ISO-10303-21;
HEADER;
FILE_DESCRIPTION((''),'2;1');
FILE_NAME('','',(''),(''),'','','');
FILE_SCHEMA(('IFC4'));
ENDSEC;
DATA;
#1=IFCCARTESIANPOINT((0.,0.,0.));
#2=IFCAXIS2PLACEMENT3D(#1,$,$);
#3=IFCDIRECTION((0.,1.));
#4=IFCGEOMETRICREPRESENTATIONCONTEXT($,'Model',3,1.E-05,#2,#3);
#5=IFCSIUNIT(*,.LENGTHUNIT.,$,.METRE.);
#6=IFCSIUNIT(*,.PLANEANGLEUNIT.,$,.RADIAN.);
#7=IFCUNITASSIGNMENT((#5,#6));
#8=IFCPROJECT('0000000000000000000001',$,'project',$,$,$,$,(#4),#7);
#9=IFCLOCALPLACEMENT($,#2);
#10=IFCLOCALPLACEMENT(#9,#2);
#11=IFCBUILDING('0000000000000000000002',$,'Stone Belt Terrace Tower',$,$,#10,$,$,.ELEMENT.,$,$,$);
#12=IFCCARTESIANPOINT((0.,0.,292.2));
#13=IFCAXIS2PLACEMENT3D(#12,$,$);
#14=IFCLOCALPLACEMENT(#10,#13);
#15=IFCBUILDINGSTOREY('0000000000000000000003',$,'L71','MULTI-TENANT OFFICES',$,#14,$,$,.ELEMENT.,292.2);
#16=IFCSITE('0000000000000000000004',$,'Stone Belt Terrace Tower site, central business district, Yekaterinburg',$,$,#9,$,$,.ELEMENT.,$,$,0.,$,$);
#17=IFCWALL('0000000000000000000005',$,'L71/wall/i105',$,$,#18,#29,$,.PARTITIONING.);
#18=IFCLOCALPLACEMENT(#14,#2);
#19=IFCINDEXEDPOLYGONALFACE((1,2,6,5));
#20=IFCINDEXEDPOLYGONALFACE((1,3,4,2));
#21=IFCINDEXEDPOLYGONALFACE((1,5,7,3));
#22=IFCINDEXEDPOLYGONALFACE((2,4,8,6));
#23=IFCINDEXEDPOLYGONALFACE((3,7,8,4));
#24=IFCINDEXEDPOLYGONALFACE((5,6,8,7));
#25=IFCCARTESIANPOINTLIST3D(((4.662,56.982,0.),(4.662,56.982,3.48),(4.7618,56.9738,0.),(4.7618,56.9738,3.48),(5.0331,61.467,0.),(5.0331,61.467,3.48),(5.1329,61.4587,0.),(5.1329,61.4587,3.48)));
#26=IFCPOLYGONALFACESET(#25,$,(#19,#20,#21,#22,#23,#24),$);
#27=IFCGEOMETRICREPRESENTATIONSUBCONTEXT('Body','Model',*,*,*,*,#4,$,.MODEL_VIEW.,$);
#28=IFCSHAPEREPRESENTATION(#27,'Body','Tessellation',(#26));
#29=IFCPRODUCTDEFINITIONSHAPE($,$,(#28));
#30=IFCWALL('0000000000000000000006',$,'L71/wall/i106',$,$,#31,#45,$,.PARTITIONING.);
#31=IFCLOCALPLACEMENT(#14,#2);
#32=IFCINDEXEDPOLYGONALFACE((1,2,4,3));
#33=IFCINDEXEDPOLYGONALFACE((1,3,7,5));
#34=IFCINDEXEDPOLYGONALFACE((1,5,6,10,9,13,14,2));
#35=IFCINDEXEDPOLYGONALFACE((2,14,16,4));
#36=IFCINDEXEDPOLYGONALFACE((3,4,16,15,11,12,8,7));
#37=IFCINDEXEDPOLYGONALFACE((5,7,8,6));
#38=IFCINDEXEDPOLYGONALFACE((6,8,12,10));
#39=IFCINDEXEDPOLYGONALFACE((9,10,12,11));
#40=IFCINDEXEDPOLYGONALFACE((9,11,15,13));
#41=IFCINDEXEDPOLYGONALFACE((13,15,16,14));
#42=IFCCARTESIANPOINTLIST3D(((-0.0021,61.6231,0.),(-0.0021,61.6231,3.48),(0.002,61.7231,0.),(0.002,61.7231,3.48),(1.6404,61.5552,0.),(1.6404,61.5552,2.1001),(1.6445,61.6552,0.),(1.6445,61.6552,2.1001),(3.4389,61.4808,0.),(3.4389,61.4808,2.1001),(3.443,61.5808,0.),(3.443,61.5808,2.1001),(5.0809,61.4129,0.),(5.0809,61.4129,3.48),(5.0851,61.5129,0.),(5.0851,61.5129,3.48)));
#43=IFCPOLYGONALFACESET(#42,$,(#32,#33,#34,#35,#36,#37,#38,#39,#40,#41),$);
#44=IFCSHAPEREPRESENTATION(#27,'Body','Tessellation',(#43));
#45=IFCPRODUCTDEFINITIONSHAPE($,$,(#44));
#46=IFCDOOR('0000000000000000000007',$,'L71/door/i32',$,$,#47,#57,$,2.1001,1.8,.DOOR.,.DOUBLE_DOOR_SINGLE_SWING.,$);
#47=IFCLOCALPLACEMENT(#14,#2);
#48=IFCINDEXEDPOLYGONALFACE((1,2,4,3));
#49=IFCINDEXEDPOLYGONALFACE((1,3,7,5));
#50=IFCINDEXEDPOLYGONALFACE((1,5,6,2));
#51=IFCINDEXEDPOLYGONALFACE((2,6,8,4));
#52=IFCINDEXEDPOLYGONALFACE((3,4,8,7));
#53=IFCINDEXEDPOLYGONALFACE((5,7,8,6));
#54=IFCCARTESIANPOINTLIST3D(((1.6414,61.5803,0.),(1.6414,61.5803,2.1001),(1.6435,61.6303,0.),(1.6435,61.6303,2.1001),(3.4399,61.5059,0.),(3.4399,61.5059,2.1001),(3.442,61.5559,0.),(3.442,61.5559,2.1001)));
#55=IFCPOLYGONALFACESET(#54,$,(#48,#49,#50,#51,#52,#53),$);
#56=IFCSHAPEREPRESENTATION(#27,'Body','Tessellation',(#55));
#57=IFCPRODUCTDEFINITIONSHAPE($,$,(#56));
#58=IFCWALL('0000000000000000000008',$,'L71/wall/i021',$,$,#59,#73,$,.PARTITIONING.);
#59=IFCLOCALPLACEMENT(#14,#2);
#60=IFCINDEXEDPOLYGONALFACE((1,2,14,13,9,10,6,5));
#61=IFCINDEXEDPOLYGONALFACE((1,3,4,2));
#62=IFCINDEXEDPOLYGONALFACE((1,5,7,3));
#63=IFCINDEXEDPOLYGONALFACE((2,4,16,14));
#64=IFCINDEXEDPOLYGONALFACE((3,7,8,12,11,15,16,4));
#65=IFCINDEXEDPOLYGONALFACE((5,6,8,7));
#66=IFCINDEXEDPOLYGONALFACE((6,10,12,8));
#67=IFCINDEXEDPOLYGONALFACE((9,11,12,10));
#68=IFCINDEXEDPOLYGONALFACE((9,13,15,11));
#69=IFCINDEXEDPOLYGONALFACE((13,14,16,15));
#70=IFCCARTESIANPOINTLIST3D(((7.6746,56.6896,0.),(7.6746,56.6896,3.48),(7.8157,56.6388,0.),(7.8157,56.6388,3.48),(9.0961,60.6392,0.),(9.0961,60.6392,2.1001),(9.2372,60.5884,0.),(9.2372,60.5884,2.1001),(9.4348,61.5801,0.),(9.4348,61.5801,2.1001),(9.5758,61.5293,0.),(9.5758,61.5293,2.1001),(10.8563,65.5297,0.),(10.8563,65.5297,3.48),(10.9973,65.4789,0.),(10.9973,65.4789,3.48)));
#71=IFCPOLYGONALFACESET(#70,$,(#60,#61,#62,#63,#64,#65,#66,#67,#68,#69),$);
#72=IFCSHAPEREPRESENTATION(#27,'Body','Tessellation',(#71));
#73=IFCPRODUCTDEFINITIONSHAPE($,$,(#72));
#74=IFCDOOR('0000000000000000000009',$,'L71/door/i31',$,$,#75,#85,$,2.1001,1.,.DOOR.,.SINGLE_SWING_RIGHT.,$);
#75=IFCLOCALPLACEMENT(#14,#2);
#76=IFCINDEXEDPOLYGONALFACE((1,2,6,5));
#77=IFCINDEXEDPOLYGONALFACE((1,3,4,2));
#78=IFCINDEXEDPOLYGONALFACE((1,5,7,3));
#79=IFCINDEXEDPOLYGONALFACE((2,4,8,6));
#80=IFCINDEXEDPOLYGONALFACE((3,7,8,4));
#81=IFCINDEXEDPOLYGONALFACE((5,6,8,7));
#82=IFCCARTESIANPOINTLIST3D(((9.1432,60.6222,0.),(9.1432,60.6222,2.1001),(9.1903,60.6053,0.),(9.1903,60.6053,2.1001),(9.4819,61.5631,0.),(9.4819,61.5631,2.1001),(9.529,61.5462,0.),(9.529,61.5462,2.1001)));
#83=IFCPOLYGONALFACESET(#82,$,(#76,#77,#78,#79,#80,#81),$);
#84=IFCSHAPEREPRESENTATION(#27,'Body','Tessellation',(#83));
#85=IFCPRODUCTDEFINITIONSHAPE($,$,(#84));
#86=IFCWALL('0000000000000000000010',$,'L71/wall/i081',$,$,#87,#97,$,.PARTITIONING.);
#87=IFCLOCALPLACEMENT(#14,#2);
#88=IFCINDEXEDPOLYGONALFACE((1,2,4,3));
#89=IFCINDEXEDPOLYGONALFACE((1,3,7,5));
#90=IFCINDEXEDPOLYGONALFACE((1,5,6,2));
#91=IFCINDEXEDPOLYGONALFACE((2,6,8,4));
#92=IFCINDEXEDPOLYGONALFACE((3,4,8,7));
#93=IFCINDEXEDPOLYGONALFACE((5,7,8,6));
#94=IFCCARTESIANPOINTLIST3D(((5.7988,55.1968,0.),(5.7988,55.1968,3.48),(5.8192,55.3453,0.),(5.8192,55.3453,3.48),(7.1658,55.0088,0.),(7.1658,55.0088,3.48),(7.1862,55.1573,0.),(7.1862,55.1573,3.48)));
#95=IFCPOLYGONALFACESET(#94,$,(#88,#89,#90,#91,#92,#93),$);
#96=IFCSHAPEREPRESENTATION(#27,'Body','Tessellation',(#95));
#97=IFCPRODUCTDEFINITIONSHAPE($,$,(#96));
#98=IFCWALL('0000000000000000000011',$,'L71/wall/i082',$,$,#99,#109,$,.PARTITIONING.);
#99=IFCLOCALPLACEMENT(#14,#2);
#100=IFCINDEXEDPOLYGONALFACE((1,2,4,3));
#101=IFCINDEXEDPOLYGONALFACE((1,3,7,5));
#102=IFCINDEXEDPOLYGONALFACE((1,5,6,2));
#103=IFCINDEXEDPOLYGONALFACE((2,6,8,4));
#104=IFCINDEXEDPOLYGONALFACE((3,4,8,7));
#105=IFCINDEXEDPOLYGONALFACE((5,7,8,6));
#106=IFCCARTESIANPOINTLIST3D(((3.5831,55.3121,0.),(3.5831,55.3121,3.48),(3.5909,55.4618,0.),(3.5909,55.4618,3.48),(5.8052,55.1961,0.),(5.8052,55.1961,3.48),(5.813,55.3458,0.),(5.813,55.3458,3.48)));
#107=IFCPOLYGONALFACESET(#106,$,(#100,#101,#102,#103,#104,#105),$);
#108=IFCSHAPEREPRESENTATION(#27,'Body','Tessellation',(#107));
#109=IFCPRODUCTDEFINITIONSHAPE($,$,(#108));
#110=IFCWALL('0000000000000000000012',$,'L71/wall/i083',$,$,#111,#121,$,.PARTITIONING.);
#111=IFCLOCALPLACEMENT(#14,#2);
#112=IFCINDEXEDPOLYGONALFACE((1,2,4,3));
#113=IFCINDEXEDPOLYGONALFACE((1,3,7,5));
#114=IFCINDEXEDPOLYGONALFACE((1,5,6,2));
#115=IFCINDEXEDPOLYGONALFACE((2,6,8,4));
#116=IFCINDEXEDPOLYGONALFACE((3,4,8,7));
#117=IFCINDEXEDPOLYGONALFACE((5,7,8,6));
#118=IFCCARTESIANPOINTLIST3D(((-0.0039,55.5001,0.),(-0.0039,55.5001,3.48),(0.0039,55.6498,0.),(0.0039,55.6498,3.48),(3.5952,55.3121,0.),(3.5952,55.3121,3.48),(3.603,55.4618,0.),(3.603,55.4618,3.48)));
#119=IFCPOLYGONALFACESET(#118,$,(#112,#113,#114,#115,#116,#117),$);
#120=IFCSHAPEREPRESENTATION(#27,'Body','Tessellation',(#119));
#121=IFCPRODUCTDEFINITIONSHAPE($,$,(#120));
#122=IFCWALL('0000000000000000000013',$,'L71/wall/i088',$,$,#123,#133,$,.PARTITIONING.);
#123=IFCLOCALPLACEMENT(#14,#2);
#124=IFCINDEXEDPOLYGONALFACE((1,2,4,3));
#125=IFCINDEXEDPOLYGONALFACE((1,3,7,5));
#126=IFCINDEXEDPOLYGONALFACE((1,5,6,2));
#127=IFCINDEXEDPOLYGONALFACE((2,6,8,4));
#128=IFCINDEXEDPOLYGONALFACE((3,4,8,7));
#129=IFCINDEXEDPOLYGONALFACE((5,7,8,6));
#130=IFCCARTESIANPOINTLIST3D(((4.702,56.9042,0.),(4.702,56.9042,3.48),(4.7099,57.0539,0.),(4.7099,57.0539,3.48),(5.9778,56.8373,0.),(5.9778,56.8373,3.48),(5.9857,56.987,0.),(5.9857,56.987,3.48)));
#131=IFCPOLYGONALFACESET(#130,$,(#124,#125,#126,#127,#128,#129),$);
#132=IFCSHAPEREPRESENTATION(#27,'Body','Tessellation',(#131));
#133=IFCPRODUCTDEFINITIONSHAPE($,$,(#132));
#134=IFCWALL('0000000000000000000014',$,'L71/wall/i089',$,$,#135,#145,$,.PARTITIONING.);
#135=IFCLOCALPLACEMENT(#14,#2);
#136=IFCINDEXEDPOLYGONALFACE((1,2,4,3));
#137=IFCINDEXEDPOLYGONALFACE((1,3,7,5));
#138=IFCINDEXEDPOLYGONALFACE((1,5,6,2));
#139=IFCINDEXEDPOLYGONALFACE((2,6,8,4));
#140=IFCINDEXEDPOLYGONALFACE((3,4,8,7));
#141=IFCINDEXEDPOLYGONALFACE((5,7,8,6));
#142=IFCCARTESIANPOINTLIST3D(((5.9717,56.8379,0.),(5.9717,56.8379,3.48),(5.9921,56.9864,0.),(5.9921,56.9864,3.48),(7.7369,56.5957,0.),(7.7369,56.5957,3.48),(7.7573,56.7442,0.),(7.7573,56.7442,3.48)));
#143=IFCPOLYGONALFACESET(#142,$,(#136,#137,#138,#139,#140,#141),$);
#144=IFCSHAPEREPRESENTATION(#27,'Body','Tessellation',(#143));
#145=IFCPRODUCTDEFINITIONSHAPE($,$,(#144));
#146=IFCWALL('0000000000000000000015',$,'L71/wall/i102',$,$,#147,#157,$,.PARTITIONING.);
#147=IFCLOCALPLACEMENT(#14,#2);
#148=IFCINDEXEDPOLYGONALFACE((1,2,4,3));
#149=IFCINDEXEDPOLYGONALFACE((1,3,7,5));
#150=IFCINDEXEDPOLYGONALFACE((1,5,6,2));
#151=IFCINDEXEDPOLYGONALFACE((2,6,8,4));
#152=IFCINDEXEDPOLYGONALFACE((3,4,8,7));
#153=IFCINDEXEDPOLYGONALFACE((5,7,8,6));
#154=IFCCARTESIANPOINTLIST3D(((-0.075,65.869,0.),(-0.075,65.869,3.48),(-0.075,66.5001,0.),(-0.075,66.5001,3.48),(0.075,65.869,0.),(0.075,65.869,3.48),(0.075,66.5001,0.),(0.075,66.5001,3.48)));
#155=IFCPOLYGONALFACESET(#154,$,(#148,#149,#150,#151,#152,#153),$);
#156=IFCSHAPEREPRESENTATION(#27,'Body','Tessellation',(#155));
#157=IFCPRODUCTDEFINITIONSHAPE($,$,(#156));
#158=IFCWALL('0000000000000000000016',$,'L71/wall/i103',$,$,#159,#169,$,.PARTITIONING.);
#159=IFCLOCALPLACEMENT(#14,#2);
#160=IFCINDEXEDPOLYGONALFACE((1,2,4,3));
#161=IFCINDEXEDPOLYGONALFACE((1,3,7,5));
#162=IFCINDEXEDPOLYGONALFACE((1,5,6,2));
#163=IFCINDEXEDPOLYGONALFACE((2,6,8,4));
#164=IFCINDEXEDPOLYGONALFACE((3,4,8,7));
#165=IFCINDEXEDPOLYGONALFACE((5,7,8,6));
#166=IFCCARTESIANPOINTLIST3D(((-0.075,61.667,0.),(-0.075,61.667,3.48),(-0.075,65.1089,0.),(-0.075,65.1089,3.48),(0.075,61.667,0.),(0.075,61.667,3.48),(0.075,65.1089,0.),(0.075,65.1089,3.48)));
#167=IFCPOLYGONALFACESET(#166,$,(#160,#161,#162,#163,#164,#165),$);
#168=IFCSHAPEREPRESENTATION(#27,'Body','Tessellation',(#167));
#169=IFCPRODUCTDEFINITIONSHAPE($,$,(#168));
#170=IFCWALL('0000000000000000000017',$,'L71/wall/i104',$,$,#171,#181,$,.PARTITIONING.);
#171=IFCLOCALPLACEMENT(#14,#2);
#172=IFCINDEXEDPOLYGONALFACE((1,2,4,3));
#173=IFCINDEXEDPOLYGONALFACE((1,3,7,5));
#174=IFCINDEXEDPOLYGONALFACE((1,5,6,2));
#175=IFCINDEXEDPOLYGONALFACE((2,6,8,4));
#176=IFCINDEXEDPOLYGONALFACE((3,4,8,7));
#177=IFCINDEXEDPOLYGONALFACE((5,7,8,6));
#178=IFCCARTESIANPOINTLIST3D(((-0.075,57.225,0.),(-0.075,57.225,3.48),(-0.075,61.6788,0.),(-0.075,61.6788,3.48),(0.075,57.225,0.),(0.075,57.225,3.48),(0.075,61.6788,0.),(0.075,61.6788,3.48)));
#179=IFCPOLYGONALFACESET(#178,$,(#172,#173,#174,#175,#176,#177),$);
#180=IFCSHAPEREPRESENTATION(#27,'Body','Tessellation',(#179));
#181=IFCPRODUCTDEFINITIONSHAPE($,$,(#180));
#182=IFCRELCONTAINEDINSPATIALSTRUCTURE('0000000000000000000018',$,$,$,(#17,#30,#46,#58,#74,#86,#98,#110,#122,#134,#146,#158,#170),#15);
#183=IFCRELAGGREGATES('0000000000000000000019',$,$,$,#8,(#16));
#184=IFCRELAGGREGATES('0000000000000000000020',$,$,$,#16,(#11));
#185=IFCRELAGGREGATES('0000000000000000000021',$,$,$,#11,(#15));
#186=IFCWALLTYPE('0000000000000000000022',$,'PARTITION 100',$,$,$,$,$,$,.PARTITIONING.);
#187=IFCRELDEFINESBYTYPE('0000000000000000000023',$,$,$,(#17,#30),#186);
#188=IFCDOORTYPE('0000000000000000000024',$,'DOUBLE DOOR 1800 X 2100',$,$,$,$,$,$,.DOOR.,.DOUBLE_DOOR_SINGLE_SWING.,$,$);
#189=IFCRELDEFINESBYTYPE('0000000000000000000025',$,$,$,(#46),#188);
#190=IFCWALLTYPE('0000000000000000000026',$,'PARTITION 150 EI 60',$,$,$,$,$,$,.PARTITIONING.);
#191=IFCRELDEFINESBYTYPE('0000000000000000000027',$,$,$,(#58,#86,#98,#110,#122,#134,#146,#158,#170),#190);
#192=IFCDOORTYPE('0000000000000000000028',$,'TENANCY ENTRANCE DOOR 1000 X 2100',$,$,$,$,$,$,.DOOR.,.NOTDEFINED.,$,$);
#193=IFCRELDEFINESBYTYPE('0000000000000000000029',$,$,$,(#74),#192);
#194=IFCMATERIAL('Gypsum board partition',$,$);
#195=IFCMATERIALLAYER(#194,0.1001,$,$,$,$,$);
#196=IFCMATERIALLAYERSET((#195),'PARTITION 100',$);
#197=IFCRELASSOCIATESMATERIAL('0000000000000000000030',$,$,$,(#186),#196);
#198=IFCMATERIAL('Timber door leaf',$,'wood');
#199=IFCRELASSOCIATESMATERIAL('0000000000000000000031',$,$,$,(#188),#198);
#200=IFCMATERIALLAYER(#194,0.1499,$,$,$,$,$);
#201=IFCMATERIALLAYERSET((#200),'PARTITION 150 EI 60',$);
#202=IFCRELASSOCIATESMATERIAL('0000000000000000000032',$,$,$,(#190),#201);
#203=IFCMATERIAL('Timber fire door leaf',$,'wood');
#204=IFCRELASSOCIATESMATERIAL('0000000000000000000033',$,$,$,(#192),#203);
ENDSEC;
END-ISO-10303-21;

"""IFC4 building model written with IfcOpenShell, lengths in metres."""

from ifc_helpers import new_model, si_unit, direction, frame, frame_2d, origin, place, context, subcontext, project, spatial, rectangle, extrude, material, layer, layer_set, type_object, element, fill, save


model = new_model("IFC4")

# Units and contexts
model_context = context("Model", 3, precision=1e-05, world=origin(), true_north=direction((0.0, 1.0)))
body_context = subcontext(model_context, "Body", "Model", "MODEL_VIEW")
ifc_project = project(units=[si_unit("LENGTHUNIT", "METRE"), si_unit("PLANEANGLEUNIT", "RADIAN")], contexts=[model_context])

# Site, building, storey
site_placement = place(None, origin())
site = spatial("IfcSite", under=ifc_project, at=site_placement, Name="Stone Belt Terrace Tower site, central business district, Yekaterinburg", CompositionType="ELEMENT", RefElevation=0.0)
building_placement = place(site_placement, origin())
building = spatial("IfcBuilding", under=site, at=building_placement, Name="Stone Belt Terrace Tower", CompositionType="ELEMENT")
storey_placement = place(building_placement, frame((0.0, 0.0, 292.2)))
storey = spatial("IfcBuildingStorey", under=building, at=storey_placement, Name="L71", Description="MULTI-TENANT OFFICES", CompositionType="ELEMENT", Elevation=292.2)

# Shared definitions
ifc_material_1 = material(Name="Gypsum board partition")
ifc_layer_1 = layer(ifc_material_1, 0.1001)
ifc_layer_set_1 = layer_set([ifc_layer_1], Name="PARTITION 100")
wall_type_1 = type_object("IfcWallType", Name="PARTITION 100", PredefinedType="PARTITIONING", material=ifc_layer_set_1)

# Shared definitions
ifc_material_2 = material(Name="Timber door leaf", Category="wood")
door_type_1 = type_object("IfcDoorType", Name="DOUBLE DOOR 1800 X 2100", OperationType="DOUBLE_DOOR_SINGLE_SWING", PredefinedType="DOOR", material=ifc_material_2)

# Wall
wall_1_placement = place(storey_placement, frame((4.7119, 56.978, 0.0), z_axis=(0.0, 0.0, 1.0), x_axis=(0.082462, 0.996594, 0.0)))
element("IfcWall", 1, at=wall_1_placement, inside=storey, type_object=wall_type_1, Name="L71/wall/i105", PredefinedType="PARTITIONING", context=body_context, shape_type="SweptSolid", body=[
    extrude(rectangle(XDim=4.5002, YDim=0.1001, at=frame_2d((2.25, 0.0))), origin(), (0.0, 0.0, 1.0), 3.48),
])

# Walls, openings, doors
wall_2_placement = place(storey_placement, frame((5.083, 61.4629, 0.0), z_axis=(0.0, 0.0, 1.0), x_axis=(-0.999146, 0.041319, 0.0)))
wall_2 = element("IfcWall", 2, at=wall_2_placement, inside=storey, type_object=wall_type_1, Name="L71/wall/i106", PredefinedType="PARTITIONING", context=body_context, shape_type="SweptSolid", body=[
    extrude(rectangle(XDim=5.0874, YDim=0.1001, at=frame_2d((2.5437, 0.0))), origin(), (0.0, 0.0, 1.0), 3.48),
])
opening_1_placement = place(wall_2_placement, frame((1.6436, 0.0, 0.0)))
opening_1 = element("IfcOpeningElement", 3, at=opening_1_placement, cuts=wall_2, PredefinedType="OPENING", context=body_context, shape_type="SweptSolid", body=[
    extrude(rectangle(XDim=1.8, YDim=2.1001, at=frame_2d((0.8999, 1.05))), frame((0.0, 0.0601, 0.0), z_axis=(0.0, -1.0, 0.0), x_axis=(1.0, 0.0, 0.0)), (0.0, 0.0, 1.0), 0.1201),
])
door_1_placement = place(opening_1_placement, origin())
door_1 = element("IfcDoor", 4, at=door_1_placement, inside=storey, type_object=door_type_1, Name="L71/door/i32", OperationType="DOUBLE_DOOR_SINGLE_SWING", OverallHeight=2.1001, OverallWidth=1.8, PredefinedType="DOOR", context=body_context, shape_type="SweptSolid", body=[
    extrude(rectangle(XDim=1.8, YDim=2.1001, at=frame_2d((0.8999, 1.05))), frame((0.0, 0.0249, 0.0), z_axis=(0.0, -1.0, 0.0), x_axis=(1.0, 0.0, 0.0)), (0.0, 0.0, 1.0), 0.05),
])
fill(opening_1, door_1)
ifc_layer_2 = layer(ifc_material_1, 0.1499)
ifc_layer_set_2 = layer_set([ifc_layer_2], Name="PARTITION 150 EI 60")
wall_type_2 = type_object("IfcWallType", Name="PARTITION 150 EI 60", PredefinedType="PARTITIONING", material=ifc_layer_set_2)
wall_3_placement = place(storey_placement, frame((7.7451, 56.6641, 0.0), z_axis=(0.0, 0.0, 1.0), x_axis=(0.338645, 0.940914, 0.0)))
wall_3 = element("IfcWall", 5, at=wall_3_placement, inside=storey, type_object=wall_type_2, Name="L71/wall/i021", PredefinedType="PARTITIONING", context=body_context, shape_type="SweptSolid", body=[
    extrude(rectangle(XDim=9.3953, YDim=0.1499, at=frame_2d((4.6978, 0.0))), origin(), (0.0, 0.0, 1.0), 3.48),
])
opening_2_placement = place(wall_3_placement, frame((4.1978, 0.0, 0.0)))
opening_2 = element("IfcOpeningElement", 6, at=opening_2_placement, cuts=wall_3, PredefinedType="OPENING", context=body_context, shape_type="SweptSolid", body=[
    extrude(rectangle(XDim=1.0, YDim=2.1001, at=frame_2d((0.5, 1.05))), frame((0.0, 0.085, 0.0), z_axis=(0.0, -1.0, 0.0), x_axis=(1.0, 0.0, 0.0)), (0.0, 0.0, 1.0), 0.1699),
])
ifc_material_3 = material(Name="Timber fire door leaf", Category="wood")
door_type_2 = type_object("IfcDoorType", Name="TENANCY ENTRANCE DOOR 1000 X 2100", OperationType="NOTDEFINED", PredefinedType="DOOR", material=ifc_material_3)
door_2_placement = place(opening_2_placement, origin())
door_2 = element("IfcDoor", 7, at=door_2_placement, inside=storey, type_object=door_type_2, Name="L71/door/i31", OperationType="SINGLE_SWING_RIGHT", OverallHeight=2.1001, OverallWidth=1.0, PredefinedType="DOOR", context=body_context, shape_type="SweptSolid", body=[
    extrude(rectangle(XDim=1.0, YDim=2.1001, at=frame_2d((0.5, 1.05))), frame((0.0, 0.0249, 0.0), z_axis=(0.0, -1.0, 0.0), x_axis=(1.0, 0.0, 0.0)), (0.0, 0.0, 1.0), 0.05),
])
fill(opening_2, door_2)

# Walls
wall_4_placement = place(storey_placement, frame((7.176, 55.083, 0.0), z_axis=(0.0, 0.0, 1.0), x_axis=(-0.990676, 0.136242, 0.0)))
element("IfcWall", 8, at=wall_4_placement, inside=storey, type_object=wall_type_2, Name="L71/wall/i081", PredefinedType="PARTITIONING", context=body_context, shape_type="SweptSolid", body=[
    extrude(rectangle(XDim=1.3799, YDim=0.1499, at=frame_2d((0.6899, 0.0))), origin(), (0.0, 0.0, 1.0), 3.48),
])
wall_5_placement = place(storey_placement, frame((5.8091, 55.271, 0.0), z_axis=(0.0, 0.0, 1.0), x_axis=(-0.998641, 0.052115, 0.0)))
element("IfcWall", 9, at=wall_5_placement, inside=storey, type_object=wall_type_2, Name="L71/wall/i082", PredefinedType="PARTITIONING", context=body_context, shape_type="SweptSolid", body=[
    extrude(rectangle(XDim=2.2251, YDim=0.1499, at=frame_2d((1.1125, 0.0))), origin(), (0.0, 0.0, 1.0), 3.48),
])
wall_6_placement = place(storey_placement, frame((3.5991, 55.387, 0.0), z_axis=(0.0, 0.0, 1.0), x_axis=(-0.998639, 0.052161, 0.0)))
element("IfcWall", 10, at=wall_6_placement, inside=storey, type_object=wall_type_2, Name="L71/wall/i083", PredefinedType="PARTITIONING", context=body_context, shape_type="SweptSolid", body=[
    extrude(rectangle(XDim=3.604, YDim=0.1499, at=frame_2d((1.802, 0.0))), origin(), (0.0, 0.0, 1.0), 3.48),
])
wall_7_placement = place(storey_placement, frame((4.7061, 56.979, 0.0), z_axis=(0.0, 0.0, 1.0), x_axis=(0.998628, -0.052358, 0.0)))
element("IfcWall", 11, at=wall_7_placement, inside=storey, type_object=wall_type_2, Name="L71/wall/i088", PredefinedType="PARTITIONING", context=body_context, shape_type="SweptSolid", body=[
    extrude(rectangle(XDim=1.2776, YDim=0.1499, at=frame_2d((0.6387, 0.0))), origin(), (0.0, 0.0, 1.0), 3.48),
])
wall_8_placement = place(storey_placement, frame((5.9819, 56.9121, 0.0), z_axis=(0.0, 0.0, 1.0), x_axis=(0.990718, -0.135933, 0.0)))
element("IfcWall", 12, at=wall_8_placement, inside=storey, type_object=wall_type_2, Name="L71/wall/i089", PredefinedType="PARTITIONING", context=body_context, shape_type="SweptSolid", body=[
    extrude(rectangle(XDim=1.7817, YDim=0.1499, at=frame_2d((0.8909, 0.0))), origin(), (0.0, 0.0, 1.0), 3.48),
])
wall_9_placement = place(storey_placement, frame((0.0, 66.5, 0.0), z_axis=(0.0, 0.0, 1.0), x_axis=(0.0, -1.0, 0.0)))
element("IfcWall", 13, at=wall_9_placement, inside=storey, type_object=wall_type_2, Name="L71/wall/i102", PredefinedType="PARTITIONING", context=body_context, shape_type="SweptSolid", body=[
    extrude(rectangle(XDim=0.6311, YDim=0.1499, at=frame_2d((0.3154, 0.0))), origin(), (0.0, 0.0, 1.0), 3.48),
])
wall_10_placement = place(storey_placement, frame((0.0, 65.1089, 0.0), z_axis=(0.0, 0.0, 1.0), x_axis=(0.0, -1.0, 0.0)))
element("IfcWall", 14, at=wall_10_placement, inside=storey, type_object=wall_type_2, Name="L71/wall/i103", PredefinedType="PARTITIONING", context=body_context, shape_type="SweptSolid", body=[
    extrude(rectangle(XDim=3.4419, YDim=0.1499, at=frame_2d((1.7209, 0.0))), origin(), (0.0, 0.0, 1.0), 3.48),
])
wall_11_placement = place(storey_placement, frame((0.0, 61.679, 0.0), z_axis=(0.0, 0.0, 1.0), x_axis=(0.0, -1.0, 0.0)))
element("IfcWall", 15, at=wall_11_placement, inside=storey, type_object=wall_type_2, Name="L71/wall/i104", PredefinedType="PARTITIONING", context=body_context, shape_type="SweptSolid", body=[
    extrude(rectangle(XDim=4.4539, YDim=0.1499, at=frame_2d((2.2271, 0.0))), origin(), (0.0, 0.0, 1.0), 3.48),
])

save(model, "model.ifc")
